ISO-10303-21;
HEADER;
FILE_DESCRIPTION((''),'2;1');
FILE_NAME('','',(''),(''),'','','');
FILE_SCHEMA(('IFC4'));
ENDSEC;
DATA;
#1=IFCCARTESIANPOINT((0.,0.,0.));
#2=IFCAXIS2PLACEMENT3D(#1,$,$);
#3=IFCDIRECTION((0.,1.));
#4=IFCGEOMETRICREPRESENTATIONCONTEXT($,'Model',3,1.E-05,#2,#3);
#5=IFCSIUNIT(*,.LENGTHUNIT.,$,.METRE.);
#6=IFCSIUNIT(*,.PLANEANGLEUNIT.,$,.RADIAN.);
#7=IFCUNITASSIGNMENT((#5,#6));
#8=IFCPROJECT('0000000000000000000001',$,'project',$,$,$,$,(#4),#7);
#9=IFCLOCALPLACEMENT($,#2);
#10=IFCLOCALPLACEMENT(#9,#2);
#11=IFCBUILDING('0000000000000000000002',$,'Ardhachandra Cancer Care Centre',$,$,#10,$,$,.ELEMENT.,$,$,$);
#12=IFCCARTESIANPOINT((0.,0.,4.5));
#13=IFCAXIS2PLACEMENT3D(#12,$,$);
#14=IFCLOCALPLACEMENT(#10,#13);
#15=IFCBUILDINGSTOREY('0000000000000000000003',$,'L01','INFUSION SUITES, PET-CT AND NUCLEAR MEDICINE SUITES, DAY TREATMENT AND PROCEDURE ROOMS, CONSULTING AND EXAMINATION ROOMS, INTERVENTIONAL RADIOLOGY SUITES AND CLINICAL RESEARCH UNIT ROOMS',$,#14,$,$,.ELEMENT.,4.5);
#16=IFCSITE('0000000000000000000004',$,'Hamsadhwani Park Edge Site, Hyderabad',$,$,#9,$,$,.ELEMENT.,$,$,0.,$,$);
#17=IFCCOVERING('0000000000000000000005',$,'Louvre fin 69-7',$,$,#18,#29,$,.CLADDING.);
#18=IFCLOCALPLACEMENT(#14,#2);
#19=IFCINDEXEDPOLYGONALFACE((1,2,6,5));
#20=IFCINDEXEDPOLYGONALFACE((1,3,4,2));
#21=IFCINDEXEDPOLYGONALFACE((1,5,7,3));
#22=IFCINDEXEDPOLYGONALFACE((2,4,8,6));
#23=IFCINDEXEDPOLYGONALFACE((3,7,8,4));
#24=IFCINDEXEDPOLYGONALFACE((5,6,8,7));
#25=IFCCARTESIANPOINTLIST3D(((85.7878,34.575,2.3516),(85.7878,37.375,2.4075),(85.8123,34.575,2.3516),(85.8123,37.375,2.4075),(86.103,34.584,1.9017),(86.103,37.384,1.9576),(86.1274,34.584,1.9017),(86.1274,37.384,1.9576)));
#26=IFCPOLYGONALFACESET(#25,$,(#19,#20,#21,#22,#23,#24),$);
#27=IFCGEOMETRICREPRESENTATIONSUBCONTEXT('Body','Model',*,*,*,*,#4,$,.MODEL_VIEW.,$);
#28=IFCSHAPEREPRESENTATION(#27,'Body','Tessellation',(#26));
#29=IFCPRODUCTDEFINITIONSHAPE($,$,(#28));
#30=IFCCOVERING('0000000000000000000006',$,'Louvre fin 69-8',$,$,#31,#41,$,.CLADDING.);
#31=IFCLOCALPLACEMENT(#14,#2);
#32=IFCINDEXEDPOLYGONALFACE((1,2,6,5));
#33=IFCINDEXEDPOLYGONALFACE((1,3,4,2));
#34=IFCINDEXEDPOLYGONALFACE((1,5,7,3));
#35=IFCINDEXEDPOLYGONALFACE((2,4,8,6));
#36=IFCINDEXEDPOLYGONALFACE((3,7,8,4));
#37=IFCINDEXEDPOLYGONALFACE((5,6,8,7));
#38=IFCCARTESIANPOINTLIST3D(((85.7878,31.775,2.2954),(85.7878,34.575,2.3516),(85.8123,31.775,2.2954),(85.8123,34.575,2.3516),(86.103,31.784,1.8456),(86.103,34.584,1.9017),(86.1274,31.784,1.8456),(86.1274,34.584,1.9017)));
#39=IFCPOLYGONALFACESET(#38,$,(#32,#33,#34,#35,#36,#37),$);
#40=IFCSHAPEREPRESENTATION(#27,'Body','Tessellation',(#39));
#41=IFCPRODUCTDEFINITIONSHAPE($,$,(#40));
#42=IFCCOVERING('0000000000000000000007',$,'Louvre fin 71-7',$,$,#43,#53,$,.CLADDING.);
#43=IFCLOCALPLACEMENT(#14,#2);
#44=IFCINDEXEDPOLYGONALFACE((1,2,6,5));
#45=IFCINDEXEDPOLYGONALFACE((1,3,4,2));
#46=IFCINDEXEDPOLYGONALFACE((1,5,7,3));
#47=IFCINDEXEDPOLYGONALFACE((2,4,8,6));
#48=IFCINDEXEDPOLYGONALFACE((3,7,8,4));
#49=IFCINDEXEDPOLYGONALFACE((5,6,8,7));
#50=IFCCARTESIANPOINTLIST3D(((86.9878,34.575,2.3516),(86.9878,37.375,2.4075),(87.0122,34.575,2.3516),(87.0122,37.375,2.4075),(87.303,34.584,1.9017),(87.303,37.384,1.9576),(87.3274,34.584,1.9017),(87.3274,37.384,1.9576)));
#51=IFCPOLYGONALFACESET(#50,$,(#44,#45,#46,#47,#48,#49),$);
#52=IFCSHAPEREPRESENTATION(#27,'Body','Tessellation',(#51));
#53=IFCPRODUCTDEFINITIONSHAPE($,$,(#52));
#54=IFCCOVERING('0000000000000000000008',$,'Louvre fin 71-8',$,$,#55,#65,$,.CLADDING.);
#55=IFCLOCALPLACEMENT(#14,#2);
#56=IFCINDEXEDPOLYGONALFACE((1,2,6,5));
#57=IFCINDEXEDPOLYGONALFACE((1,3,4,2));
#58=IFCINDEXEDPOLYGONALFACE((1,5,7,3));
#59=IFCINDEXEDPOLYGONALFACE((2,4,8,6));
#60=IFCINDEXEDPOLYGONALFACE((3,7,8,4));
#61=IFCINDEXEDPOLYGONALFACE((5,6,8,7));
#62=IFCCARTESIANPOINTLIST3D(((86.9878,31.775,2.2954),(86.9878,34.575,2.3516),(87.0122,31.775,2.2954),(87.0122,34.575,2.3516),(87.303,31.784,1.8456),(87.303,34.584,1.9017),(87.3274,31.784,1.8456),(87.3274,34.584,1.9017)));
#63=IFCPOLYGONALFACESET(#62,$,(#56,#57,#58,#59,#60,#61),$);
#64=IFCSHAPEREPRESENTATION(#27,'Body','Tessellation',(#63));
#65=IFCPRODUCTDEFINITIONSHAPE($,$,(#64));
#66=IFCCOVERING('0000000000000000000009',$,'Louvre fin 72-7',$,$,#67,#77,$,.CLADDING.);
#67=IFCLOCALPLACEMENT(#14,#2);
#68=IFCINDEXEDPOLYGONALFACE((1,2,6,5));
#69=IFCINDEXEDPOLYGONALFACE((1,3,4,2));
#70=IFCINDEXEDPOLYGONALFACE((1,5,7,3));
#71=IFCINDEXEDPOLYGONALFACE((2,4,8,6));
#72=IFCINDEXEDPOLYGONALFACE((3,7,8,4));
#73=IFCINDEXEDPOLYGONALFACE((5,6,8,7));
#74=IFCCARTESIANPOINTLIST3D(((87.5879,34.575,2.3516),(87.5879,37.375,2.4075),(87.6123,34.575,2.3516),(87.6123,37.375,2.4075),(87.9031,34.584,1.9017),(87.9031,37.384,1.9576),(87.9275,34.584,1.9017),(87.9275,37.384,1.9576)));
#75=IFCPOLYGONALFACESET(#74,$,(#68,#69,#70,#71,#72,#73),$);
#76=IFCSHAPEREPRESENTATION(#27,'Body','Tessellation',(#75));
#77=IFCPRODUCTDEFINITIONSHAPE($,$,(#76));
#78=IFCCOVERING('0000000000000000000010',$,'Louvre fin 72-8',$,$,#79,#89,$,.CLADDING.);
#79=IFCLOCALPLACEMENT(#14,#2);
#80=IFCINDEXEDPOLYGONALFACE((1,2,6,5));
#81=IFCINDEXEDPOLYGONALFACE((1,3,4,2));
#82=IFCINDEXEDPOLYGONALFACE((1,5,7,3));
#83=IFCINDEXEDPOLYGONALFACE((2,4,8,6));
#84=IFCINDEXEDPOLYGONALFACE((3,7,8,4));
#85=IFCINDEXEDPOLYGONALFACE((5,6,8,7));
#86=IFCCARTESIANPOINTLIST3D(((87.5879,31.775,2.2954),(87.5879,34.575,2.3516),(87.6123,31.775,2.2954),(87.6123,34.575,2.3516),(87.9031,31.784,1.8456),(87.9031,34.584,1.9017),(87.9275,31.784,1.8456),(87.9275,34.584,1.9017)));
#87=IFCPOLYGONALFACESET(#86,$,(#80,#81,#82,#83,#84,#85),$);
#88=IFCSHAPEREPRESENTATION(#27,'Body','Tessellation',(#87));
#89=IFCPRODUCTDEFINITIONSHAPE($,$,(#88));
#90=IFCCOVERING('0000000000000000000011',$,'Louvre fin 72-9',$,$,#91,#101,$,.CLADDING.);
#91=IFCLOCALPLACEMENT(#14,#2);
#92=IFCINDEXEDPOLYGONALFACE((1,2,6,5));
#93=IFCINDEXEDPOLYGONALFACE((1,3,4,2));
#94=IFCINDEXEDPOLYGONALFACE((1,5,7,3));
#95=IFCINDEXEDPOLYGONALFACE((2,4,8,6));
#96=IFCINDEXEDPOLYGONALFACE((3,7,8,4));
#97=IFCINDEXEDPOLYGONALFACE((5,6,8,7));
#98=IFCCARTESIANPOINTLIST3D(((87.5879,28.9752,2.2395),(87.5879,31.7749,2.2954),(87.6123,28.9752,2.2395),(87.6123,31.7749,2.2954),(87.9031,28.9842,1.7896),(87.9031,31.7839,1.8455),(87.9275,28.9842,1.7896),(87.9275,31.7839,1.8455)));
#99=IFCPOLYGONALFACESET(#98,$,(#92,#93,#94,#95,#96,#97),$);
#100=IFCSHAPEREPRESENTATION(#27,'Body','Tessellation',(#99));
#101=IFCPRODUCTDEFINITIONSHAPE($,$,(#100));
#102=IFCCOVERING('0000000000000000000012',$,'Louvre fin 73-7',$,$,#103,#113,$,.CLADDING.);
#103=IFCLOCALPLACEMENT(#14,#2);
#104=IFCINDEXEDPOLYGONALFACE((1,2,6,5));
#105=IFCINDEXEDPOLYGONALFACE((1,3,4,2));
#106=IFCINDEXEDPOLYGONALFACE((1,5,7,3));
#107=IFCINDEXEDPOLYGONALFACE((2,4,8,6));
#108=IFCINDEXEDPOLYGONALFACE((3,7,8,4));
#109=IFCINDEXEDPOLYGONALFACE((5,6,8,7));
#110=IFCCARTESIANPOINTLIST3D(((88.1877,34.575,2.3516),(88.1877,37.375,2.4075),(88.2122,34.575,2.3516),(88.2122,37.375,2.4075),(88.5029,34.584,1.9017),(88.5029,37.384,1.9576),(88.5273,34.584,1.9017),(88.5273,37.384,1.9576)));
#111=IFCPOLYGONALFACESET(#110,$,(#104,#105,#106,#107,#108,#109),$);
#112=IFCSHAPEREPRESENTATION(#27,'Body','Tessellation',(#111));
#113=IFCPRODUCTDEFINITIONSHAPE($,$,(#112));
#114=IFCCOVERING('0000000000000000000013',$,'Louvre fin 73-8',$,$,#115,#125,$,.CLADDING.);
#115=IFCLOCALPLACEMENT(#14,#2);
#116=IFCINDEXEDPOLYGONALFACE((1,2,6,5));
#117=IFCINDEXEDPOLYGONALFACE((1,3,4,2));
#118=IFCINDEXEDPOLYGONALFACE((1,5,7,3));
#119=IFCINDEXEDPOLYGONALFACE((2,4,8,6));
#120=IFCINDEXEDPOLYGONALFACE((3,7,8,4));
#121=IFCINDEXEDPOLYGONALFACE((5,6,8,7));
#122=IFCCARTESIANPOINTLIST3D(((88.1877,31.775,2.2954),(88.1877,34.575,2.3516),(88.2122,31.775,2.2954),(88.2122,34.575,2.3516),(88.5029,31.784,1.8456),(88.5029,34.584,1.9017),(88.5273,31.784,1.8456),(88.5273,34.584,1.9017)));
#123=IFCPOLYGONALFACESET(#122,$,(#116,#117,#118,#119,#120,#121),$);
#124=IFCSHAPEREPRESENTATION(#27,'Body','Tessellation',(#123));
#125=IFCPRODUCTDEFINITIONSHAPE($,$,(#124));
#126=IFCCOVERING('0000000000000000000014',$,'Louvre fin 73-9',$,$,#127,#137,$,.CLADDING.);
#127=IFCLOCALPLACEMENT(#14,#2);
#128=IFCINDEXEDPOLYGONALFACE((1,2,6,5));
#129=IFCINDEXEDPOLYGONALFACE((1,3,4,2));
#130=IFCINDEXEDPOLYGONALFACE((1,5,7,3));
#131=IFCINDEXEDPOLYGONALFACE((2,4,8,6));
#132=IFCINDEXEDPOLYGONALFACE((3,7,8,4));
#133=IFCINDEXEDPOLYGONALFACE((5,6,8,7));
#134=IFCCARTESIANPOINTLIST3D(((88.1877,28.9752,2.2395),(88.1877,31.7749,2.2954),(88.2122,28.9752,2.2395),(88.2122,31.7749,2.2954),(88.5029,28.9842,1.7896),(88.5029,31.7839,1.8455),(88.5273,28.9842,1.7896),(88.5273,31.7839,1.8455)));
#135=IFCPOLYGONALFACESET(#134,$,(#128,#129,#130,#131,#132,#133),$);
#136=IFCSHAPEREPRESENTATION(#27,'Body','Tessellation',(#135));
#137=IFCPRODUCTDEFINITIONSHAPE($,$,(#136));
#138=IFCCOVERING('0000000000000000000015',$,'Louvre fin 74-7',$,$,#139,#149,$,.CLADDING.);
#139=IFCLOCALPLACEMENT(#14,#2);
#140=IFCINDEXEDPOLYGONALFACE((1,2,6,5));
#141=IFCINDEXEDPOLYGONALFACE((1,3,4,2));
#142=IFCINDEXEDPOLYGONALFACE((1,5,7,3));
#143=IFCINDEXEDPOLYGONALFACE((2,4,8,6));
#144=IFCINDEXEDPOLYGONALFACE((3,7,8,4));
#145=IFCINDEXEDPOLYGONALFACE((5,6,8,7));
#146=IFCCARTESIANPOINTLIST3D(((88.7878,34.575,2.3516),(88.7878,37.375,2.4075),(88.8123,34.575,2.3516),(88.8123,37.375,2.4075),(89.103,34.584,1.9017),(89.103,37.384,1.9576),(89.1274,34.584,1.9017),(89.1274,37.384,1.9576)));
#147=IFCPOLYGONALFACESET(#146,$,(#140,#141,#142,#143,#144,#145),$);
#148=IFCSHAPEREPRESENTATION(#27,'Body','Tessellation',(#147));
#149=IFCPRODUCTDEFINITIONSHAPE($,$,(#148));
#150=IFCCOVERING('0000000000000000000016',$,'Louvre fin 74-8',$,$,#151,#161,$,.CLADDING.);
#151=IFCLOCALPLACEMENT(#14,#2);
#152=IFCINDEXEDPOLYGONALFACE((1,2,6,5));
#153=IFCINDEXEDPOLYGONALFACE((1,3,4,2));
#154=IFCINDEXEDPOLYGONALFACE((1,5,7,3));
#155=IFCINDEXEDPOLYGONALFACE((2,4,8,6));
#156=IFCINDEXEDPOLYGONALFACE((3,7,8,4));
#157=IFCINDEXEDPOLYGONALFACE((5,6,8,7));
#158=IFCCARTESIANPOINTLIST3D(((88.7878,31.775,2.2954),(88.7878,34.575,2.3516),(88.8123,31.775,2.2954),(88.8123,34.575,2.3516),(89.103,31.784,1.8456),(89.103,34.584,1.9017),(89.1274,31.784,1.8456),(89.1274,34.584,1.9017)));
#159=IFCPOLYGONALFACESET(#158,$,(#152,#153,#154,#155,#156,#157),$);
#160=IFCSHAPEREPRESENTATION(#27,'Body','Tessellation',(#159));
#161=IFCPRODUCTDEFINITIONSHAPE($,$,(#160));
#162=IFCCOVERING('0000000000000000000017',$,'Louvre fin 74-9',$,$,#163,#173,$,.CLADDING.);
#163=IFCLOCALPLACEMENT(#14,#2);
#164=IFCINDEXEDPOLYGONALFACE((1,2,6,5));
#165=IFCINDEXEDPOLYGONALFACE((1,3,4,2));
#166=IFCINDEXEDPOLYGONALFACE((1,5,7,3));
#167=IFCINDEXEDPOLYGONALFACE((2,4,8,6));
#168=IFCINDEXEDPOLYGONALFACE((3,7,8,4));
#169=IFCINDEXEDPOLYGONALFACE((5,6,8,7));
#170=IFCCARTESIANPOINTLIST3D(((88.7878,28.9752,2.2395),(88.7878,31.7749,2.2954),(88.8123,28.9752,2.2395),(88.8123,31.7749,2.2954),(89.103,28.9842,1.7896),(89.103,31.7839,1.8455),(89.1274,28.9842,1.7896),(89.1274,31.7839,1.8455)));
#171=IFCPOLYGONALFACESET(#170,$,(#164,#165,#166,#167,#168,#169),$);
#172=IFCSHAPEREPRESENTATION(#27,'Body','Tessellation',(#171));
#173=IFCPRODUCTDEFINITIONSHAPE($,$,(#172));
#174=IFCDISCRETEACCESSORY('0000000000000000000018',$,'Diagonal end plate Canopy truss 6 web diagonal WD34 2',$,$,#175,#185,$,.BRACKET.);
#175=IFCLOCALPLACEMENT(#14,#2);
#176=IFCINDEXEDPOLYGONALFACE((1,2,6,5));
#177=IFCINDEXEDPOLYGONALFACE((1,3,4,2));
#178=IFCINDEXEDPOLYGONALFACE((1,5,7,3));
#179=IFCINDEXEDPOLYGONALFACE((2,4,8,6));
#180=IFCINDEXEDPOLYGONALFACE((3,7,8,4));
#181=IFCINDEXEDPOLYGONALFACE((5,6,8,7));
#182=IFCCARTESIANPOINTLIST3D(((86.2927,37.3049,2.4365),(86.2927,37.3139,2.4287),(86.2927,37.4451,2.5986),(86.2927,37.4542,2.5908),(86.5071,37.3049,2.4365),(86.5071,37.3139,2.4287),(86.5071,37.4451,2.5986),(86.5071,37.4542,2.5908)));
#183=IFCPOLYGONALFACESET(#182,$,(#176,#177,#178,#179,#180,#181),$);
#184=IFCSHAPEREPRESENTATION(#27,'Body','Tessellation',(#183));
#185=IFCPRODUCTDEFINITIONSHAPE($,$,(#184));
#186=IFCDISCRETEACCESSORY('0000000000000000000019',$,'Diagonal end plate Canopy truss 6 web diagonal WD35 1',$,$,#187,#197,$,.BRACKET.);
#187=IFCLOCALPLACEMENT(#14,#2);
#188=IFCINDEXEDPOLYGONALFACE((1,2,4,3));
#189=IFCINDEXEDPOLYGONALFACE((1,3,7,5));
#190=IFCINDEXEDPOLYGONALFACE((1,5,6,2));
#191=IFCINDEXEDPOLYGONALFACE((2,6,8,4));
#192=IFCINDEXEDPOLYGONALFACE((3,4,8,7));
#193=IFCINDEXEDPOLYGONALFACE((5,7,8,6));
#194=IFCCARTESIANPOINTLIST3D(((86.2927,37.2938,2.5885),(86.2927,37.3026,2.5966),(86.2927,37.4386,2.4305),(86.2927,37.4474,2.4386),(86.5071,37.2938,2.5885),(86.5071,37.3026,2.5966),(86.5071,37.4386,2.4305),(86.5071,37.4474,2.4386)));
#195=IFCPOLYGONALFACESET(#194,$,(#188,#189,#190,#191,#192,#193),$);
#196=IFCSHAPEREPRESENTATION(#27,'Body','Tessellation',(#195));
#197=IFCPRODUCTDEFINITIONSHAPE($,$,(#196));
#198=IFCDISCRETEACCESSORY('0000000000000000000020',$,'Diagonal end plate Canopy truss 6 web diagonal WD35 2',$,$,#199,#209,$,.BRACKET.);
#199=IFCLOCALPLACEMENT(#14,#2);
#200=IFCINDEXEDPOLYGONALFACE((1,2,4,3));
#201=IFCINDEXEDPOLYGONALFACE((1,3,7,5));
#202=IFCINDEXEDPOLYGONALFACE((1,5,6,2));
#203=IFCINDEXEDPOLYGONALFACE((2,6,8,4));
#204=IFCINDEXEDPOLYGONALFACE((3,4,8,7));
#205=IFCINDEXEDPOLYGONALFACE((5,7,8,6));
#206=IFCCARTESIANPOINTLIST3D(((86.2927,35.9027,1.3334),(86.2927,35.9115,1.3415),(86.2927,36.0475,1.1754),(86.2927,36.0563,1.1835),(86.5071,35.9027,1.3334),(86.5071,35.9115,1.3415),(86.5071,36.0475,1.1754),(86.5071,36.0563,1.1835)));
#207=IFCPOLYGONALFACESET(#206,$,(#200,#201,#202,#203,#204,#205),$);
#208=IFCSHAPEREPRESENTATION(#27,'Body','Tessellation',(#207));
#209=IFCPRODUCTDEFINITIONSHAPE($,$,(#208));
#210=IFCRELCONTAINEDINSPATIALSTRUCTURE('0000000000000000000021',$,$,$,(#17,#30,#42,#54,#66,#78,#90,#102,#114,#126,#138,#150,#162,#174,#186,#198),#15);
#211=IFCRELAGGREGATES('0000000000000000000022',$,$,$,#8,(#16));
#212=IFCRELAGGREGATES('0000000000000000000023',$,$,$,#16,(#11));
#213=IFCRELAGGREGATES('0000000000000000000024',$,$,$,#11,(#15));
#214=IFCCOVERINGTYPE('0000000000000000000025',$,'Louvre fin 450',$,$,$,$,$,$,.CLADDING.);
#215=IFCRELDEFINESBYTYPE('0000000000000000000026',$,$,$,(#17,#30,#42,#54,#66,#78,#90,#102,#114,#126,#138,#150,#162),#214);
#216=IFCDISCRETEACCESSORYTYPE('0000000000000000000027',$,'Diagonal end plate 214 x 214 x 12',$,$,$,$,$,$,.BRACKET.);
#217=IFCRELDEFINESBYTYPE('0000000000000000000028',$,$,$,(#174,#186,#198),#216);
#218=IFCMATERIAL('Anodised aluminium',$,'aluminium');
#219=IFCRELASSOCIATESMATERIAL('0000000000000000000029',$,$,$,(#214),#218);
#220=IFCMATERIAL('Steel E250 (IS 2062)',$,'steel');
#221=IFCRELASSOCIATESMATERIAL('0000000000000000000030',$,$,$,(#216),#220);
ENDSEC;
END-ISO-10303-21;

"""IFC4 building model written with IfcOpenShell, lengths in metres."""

from ifc_helpers import new_model, si_unit, direction, frame, origin, origin_2d, place, context, subcontext, project, spatial, polyline, rectangle, outline, extrude, material, material_profile, profile_set, type_object, element, save


model = new_model("IFC4")

# Units and contexts
model_context = context("Model", 3, precision=1e-05, world=origin(), true_north=direction((0.0, 1.0)))
body_context = subcontext(model_context, "Body", "Model", "MODEL_VIEW")
ifc_project = project(units=[si_unit("LENGTHUNIT", "METRE"), si_unit("PLANEANGLEUNIT", "RADIAN")], contexts=[model_context])

# Site, building, storey
site_placement = place(None, origin())
site = spatial("IfcSite", under=ifc_project, at=site_placement, Name="Hamsadhwani Park Edge Site, Hyderabad", CompositionType="ELEMENT", RefElevation=0.0)
building_placement = place(site_placement, origin())
building = spatial("IfcBuilding", under=site, at=building_placement, Name="Ardhachandra Cancer Care Centre", CompositionType="ELEMENT")
storey_placement = place(building_placement, frame((0.0, 0.0, 4.5)))
storey = spatial("IfcBuildingStorey", under=building, at=storey_placement, Name="L01", Description="INFUSION SUITES, PET-CT AND NUCLEAR MEDICINE SUITES, DAY TREATMENT AND PROCEDURE ROOMS, CONSULTING AND EXAMINATION ROOMS, INTERVENTIONAL RADIOLOGY SUITES AND CLINICAL RESEARCH UNIT ROOMS", CompositionType="ELEMENT", Elevation=4.5)

# Coverings
ifc_material_1 = material(Name="Anodised aluminium", Category="aluminium")
ifc_material_profile_1 = material_profile(ifc_material_1, outline(polyline([(-0.0122, 0.0), (0.0122, 0.0), (0.3274, -0.45), (0.303, -0.45), (-0.0122, 0.0)])), Name="Louvre fin 450")
ifc_profile_set_1 = profile_set([ifc_material_profile_1], Name="Anodised aluminium")
covering_type = type_object("IfcCoveringType", Name="Louvre fin 450", PredefinedType="CLADDING", material=ifc_profile_set_1)
for number, where, z_axis, x_axis, name in (
    (1, (85.8, 37.375, 2.4075), (0.0, -0.999801, -0.019963), (1.0, 0.0, 0.0), "Louvre fin 69-7"),
    (2, (85.8, 34.575, 2.3516), (0.0, -0.999799, -0.02005), (1.0, 0.0, 0.0), "Louvre fin 69-8"),
    (3, (87.0, 37.375, 2.4075), (0.0, -0.999801, -0.019963), (1.0, 0.0, 0.0), "Louvre fin 71-7"),
    (4, (87.0, 34.575, 2.3516), (0.0, -0.999799, -0.02005), (1.0, 0.0, 0.0), "Louvre fin 71-8"),
    (5, (87.6001, 37.375, 2.4075), (0.0, -0.999801, -0.019963), (1.0, 0.0, 0.0), "Louvre fin 72-7"),
    (6, (87.6001, 34.575, 2.3516), (0.0, -0.999799, -0.02005), (1.0, 0.0, 0.0), "Louvre fin 72-8"),
):
    element("IfcCovering", number, at=place(storey_placement, frame(where, z_axis=z_axis, x_axis=x_axis)), inside=storey, type_object=covering_type, Name=name, PredefinedType="CLADDING", context=body_context, shape_type="SweptSolid", body=[
        extrude(outline(polyline([(-0.0122, 0.0), (0.0122, 0.0), (0.3274, -0.45), (0.303, -0.45), (-0.0122, 0.0)])), origin(), (0.0, 0.0, 1.0), 2.8005),
    ])
covering_1_placement = place(storey_placement, frame((87.6001, 31.7749, 2.2954), z_axis=(0.0, -0.999801, -0.019965), x_axis=(1.0, 0.0, 0.0)))
element("IfcCovering", 7, at=covering_1_placement, inside=storey, type_object=covering_type, Name="Louvre fin 72-9", PredefinedType="CLADDING", context=body_context, shape_type="SweptSolid", body=[
    extrude(outline(polyline([(-0.0122, 0.0), (0.0122, 0.0), (0.3274, -0.45), (0.303, -0.45), (-0.0122, 0.0)])), origin(), (0.0, 0.0, 1.0), 2.8003),
])
for number, where, z_axis, x_axis, name in (
    (8, (88.2, 37.375, 2.4075), (0.0, -0.999801, -0.019963), (1.0, 0.0, 0.0), "Louvre fin 73-7"),
    (9, (88.2, 34.575, 2.3516), (0.0, -0.999799, -0.02005), (1.0, 0.0, 0.0), "Louvre fin 73-8"),
):
    element("IfcCovering", number, at=place(storey_placement, frame(where, z_axis=z_axis, x_axis=x_axis)), inside=storey, type_object=covering_type, Name=name, PredefinedType="CLADDING", context=body_context, shape_type="SweptSolid", body=[
        extrude(outline(polyline([(-0.0122, 0.0), (0.0122, 0.0), (0.3274, -0.45), (0.303, -0.45), (-0.0122, 0.0)])), origin(), (0.0, 0.0, 1.0), 2.8005),
    ])
covering_2_placement = place(storey_placement, frame((88.2, 31.7749, 2.2954), z_axis=(0.0, -0.999801, -0.019965), x_axis=(1.0, 0.0, 0.0)))
element("IfcCovering", 10, at=covering_2_placement, inside=storey, type_object=covering_type, Name="Louvre fin 73-9", PredefinedType="CLADDING", context=body_context, shape_type="SweptSolid", body=[
    extrude(outline(polyline([(-0.0122, 0.0), (0.0122, 0.0), (0.3274, -0.45), (0.303, -0.45), (-0.0122, 0.0)])), origin(), (0.0, 0.0, 1.0), 2.8003),
])
for number, where, z_axis, x_axis, name in (
    (11, (88.8, 37.375, 2.4075), (0.0, -0.999801, -0.019963), (1.0, 0.0, 0.0), "Louvre fin 74-7"),
    (12, (88.8, 34.575, 2.3516), (0.0, -0.999799, -0.02005), (1.0, 0.0, 0.0), "Louvre fin 74-8"),
):
    element("IfcCovering", number, at=place(storey_placement, frame(where, z_axis=z_axis, x_axis=x_axis)), inside=storey, type_object=covering_type, Name=name, PredefinedType="CLADDING", context=body_context, shape_type="SweptSolid", body=[
        extrude(outline(polyline([(-0.0122, 0.0), (0.0122, 0.0), (0.3274, -0.45), (0.303, -0.45), (-0.0122, 0.0)])), origin(), (0.0, 0.0, 1.0), 2.8005),
    ])
covering_3_placement = place(storey_placement, frame((88.8, 31.7749, 2.2954), z_axis=(0.0, -0.999801, -0.019965), x_axis=(1.0, 0.0, 0.0)))
element("IfcCovering", 13, at=covering_3_placement, inside=storey, type_object=covering_type, Name="Louvre fin 74-9", PredefinedType="CLADDING", context=body_context, shape_type="SweptSolid", body=[
    extrude(outline(polyline([(-0.0122, 0.0), (0.0122, 0.0), (0.3274, -0.45), (0.303, -0.45), (-0.0122, 0.0)])), origin(), (0.0, 0.0, 1.0), 2.8003),
])

# Discrete accessories
ifc_material_2 = material(Name="Steel E250 (IS 2062)", Category="steel")
ifc_material_profile_2 = material_profile(ifc_material_2, rectangle(XDim=0.2144, YDim=0.2144, at=origin_2d()), Name="PL 214x214x12")
ifc_profile_set_2 = profile_set([ifc_material_profile_2], Name="Steel E250 (IS 2062)")
discrete_accessory_type = type_object("IfcDiscreteAccessoryType", Name="Diagonal end plate 214 x 214 x 12", PredefinedType="BRACKET", material=ifc_profile_set_2)
for number, where, z_axis, x_axis, name in (
    (14, (86.3999, 37.375, 2.5176), (0.0, 0.756363, -0.654152), (-1.0, 0.0, 0.0), "Diagonal end plate Canopy truss 6 web diagonal WD34 2"),
    (15, (86.3999, 37.375, 2.5176), (0.0, -0.737154, -0.675725), (1.0, 0.0, 0.0), "Diagonal end plate Canopy truss 6 web diagonal WD35 1"),
    (16, (86.3999, 35.9751, 1.2544), (0.0, 0.737154, 0.675725), (-1.0, 0.0, 0.0), "Diagonal end plate Canopy truss 6 web diagonal WD35 2"),
):
    element("IfcDiscreteAccessory", number, at=place(storey_placement, frame(where, z_axis=z_axis, x_axis=x_axis)), inside=storey, type_object=discrete_accessory_type, Name=name, PredefinedType="BRACKET", context=body_context, shape_type="SweptSolid", body=[
        extrude(rectangle(XDim=0.2144, YDim=0.2144, at=origin_2d()), origin(), (0.0, 0.0, 1.0), 0.012),
    ])

save(model, "model.ifc")
